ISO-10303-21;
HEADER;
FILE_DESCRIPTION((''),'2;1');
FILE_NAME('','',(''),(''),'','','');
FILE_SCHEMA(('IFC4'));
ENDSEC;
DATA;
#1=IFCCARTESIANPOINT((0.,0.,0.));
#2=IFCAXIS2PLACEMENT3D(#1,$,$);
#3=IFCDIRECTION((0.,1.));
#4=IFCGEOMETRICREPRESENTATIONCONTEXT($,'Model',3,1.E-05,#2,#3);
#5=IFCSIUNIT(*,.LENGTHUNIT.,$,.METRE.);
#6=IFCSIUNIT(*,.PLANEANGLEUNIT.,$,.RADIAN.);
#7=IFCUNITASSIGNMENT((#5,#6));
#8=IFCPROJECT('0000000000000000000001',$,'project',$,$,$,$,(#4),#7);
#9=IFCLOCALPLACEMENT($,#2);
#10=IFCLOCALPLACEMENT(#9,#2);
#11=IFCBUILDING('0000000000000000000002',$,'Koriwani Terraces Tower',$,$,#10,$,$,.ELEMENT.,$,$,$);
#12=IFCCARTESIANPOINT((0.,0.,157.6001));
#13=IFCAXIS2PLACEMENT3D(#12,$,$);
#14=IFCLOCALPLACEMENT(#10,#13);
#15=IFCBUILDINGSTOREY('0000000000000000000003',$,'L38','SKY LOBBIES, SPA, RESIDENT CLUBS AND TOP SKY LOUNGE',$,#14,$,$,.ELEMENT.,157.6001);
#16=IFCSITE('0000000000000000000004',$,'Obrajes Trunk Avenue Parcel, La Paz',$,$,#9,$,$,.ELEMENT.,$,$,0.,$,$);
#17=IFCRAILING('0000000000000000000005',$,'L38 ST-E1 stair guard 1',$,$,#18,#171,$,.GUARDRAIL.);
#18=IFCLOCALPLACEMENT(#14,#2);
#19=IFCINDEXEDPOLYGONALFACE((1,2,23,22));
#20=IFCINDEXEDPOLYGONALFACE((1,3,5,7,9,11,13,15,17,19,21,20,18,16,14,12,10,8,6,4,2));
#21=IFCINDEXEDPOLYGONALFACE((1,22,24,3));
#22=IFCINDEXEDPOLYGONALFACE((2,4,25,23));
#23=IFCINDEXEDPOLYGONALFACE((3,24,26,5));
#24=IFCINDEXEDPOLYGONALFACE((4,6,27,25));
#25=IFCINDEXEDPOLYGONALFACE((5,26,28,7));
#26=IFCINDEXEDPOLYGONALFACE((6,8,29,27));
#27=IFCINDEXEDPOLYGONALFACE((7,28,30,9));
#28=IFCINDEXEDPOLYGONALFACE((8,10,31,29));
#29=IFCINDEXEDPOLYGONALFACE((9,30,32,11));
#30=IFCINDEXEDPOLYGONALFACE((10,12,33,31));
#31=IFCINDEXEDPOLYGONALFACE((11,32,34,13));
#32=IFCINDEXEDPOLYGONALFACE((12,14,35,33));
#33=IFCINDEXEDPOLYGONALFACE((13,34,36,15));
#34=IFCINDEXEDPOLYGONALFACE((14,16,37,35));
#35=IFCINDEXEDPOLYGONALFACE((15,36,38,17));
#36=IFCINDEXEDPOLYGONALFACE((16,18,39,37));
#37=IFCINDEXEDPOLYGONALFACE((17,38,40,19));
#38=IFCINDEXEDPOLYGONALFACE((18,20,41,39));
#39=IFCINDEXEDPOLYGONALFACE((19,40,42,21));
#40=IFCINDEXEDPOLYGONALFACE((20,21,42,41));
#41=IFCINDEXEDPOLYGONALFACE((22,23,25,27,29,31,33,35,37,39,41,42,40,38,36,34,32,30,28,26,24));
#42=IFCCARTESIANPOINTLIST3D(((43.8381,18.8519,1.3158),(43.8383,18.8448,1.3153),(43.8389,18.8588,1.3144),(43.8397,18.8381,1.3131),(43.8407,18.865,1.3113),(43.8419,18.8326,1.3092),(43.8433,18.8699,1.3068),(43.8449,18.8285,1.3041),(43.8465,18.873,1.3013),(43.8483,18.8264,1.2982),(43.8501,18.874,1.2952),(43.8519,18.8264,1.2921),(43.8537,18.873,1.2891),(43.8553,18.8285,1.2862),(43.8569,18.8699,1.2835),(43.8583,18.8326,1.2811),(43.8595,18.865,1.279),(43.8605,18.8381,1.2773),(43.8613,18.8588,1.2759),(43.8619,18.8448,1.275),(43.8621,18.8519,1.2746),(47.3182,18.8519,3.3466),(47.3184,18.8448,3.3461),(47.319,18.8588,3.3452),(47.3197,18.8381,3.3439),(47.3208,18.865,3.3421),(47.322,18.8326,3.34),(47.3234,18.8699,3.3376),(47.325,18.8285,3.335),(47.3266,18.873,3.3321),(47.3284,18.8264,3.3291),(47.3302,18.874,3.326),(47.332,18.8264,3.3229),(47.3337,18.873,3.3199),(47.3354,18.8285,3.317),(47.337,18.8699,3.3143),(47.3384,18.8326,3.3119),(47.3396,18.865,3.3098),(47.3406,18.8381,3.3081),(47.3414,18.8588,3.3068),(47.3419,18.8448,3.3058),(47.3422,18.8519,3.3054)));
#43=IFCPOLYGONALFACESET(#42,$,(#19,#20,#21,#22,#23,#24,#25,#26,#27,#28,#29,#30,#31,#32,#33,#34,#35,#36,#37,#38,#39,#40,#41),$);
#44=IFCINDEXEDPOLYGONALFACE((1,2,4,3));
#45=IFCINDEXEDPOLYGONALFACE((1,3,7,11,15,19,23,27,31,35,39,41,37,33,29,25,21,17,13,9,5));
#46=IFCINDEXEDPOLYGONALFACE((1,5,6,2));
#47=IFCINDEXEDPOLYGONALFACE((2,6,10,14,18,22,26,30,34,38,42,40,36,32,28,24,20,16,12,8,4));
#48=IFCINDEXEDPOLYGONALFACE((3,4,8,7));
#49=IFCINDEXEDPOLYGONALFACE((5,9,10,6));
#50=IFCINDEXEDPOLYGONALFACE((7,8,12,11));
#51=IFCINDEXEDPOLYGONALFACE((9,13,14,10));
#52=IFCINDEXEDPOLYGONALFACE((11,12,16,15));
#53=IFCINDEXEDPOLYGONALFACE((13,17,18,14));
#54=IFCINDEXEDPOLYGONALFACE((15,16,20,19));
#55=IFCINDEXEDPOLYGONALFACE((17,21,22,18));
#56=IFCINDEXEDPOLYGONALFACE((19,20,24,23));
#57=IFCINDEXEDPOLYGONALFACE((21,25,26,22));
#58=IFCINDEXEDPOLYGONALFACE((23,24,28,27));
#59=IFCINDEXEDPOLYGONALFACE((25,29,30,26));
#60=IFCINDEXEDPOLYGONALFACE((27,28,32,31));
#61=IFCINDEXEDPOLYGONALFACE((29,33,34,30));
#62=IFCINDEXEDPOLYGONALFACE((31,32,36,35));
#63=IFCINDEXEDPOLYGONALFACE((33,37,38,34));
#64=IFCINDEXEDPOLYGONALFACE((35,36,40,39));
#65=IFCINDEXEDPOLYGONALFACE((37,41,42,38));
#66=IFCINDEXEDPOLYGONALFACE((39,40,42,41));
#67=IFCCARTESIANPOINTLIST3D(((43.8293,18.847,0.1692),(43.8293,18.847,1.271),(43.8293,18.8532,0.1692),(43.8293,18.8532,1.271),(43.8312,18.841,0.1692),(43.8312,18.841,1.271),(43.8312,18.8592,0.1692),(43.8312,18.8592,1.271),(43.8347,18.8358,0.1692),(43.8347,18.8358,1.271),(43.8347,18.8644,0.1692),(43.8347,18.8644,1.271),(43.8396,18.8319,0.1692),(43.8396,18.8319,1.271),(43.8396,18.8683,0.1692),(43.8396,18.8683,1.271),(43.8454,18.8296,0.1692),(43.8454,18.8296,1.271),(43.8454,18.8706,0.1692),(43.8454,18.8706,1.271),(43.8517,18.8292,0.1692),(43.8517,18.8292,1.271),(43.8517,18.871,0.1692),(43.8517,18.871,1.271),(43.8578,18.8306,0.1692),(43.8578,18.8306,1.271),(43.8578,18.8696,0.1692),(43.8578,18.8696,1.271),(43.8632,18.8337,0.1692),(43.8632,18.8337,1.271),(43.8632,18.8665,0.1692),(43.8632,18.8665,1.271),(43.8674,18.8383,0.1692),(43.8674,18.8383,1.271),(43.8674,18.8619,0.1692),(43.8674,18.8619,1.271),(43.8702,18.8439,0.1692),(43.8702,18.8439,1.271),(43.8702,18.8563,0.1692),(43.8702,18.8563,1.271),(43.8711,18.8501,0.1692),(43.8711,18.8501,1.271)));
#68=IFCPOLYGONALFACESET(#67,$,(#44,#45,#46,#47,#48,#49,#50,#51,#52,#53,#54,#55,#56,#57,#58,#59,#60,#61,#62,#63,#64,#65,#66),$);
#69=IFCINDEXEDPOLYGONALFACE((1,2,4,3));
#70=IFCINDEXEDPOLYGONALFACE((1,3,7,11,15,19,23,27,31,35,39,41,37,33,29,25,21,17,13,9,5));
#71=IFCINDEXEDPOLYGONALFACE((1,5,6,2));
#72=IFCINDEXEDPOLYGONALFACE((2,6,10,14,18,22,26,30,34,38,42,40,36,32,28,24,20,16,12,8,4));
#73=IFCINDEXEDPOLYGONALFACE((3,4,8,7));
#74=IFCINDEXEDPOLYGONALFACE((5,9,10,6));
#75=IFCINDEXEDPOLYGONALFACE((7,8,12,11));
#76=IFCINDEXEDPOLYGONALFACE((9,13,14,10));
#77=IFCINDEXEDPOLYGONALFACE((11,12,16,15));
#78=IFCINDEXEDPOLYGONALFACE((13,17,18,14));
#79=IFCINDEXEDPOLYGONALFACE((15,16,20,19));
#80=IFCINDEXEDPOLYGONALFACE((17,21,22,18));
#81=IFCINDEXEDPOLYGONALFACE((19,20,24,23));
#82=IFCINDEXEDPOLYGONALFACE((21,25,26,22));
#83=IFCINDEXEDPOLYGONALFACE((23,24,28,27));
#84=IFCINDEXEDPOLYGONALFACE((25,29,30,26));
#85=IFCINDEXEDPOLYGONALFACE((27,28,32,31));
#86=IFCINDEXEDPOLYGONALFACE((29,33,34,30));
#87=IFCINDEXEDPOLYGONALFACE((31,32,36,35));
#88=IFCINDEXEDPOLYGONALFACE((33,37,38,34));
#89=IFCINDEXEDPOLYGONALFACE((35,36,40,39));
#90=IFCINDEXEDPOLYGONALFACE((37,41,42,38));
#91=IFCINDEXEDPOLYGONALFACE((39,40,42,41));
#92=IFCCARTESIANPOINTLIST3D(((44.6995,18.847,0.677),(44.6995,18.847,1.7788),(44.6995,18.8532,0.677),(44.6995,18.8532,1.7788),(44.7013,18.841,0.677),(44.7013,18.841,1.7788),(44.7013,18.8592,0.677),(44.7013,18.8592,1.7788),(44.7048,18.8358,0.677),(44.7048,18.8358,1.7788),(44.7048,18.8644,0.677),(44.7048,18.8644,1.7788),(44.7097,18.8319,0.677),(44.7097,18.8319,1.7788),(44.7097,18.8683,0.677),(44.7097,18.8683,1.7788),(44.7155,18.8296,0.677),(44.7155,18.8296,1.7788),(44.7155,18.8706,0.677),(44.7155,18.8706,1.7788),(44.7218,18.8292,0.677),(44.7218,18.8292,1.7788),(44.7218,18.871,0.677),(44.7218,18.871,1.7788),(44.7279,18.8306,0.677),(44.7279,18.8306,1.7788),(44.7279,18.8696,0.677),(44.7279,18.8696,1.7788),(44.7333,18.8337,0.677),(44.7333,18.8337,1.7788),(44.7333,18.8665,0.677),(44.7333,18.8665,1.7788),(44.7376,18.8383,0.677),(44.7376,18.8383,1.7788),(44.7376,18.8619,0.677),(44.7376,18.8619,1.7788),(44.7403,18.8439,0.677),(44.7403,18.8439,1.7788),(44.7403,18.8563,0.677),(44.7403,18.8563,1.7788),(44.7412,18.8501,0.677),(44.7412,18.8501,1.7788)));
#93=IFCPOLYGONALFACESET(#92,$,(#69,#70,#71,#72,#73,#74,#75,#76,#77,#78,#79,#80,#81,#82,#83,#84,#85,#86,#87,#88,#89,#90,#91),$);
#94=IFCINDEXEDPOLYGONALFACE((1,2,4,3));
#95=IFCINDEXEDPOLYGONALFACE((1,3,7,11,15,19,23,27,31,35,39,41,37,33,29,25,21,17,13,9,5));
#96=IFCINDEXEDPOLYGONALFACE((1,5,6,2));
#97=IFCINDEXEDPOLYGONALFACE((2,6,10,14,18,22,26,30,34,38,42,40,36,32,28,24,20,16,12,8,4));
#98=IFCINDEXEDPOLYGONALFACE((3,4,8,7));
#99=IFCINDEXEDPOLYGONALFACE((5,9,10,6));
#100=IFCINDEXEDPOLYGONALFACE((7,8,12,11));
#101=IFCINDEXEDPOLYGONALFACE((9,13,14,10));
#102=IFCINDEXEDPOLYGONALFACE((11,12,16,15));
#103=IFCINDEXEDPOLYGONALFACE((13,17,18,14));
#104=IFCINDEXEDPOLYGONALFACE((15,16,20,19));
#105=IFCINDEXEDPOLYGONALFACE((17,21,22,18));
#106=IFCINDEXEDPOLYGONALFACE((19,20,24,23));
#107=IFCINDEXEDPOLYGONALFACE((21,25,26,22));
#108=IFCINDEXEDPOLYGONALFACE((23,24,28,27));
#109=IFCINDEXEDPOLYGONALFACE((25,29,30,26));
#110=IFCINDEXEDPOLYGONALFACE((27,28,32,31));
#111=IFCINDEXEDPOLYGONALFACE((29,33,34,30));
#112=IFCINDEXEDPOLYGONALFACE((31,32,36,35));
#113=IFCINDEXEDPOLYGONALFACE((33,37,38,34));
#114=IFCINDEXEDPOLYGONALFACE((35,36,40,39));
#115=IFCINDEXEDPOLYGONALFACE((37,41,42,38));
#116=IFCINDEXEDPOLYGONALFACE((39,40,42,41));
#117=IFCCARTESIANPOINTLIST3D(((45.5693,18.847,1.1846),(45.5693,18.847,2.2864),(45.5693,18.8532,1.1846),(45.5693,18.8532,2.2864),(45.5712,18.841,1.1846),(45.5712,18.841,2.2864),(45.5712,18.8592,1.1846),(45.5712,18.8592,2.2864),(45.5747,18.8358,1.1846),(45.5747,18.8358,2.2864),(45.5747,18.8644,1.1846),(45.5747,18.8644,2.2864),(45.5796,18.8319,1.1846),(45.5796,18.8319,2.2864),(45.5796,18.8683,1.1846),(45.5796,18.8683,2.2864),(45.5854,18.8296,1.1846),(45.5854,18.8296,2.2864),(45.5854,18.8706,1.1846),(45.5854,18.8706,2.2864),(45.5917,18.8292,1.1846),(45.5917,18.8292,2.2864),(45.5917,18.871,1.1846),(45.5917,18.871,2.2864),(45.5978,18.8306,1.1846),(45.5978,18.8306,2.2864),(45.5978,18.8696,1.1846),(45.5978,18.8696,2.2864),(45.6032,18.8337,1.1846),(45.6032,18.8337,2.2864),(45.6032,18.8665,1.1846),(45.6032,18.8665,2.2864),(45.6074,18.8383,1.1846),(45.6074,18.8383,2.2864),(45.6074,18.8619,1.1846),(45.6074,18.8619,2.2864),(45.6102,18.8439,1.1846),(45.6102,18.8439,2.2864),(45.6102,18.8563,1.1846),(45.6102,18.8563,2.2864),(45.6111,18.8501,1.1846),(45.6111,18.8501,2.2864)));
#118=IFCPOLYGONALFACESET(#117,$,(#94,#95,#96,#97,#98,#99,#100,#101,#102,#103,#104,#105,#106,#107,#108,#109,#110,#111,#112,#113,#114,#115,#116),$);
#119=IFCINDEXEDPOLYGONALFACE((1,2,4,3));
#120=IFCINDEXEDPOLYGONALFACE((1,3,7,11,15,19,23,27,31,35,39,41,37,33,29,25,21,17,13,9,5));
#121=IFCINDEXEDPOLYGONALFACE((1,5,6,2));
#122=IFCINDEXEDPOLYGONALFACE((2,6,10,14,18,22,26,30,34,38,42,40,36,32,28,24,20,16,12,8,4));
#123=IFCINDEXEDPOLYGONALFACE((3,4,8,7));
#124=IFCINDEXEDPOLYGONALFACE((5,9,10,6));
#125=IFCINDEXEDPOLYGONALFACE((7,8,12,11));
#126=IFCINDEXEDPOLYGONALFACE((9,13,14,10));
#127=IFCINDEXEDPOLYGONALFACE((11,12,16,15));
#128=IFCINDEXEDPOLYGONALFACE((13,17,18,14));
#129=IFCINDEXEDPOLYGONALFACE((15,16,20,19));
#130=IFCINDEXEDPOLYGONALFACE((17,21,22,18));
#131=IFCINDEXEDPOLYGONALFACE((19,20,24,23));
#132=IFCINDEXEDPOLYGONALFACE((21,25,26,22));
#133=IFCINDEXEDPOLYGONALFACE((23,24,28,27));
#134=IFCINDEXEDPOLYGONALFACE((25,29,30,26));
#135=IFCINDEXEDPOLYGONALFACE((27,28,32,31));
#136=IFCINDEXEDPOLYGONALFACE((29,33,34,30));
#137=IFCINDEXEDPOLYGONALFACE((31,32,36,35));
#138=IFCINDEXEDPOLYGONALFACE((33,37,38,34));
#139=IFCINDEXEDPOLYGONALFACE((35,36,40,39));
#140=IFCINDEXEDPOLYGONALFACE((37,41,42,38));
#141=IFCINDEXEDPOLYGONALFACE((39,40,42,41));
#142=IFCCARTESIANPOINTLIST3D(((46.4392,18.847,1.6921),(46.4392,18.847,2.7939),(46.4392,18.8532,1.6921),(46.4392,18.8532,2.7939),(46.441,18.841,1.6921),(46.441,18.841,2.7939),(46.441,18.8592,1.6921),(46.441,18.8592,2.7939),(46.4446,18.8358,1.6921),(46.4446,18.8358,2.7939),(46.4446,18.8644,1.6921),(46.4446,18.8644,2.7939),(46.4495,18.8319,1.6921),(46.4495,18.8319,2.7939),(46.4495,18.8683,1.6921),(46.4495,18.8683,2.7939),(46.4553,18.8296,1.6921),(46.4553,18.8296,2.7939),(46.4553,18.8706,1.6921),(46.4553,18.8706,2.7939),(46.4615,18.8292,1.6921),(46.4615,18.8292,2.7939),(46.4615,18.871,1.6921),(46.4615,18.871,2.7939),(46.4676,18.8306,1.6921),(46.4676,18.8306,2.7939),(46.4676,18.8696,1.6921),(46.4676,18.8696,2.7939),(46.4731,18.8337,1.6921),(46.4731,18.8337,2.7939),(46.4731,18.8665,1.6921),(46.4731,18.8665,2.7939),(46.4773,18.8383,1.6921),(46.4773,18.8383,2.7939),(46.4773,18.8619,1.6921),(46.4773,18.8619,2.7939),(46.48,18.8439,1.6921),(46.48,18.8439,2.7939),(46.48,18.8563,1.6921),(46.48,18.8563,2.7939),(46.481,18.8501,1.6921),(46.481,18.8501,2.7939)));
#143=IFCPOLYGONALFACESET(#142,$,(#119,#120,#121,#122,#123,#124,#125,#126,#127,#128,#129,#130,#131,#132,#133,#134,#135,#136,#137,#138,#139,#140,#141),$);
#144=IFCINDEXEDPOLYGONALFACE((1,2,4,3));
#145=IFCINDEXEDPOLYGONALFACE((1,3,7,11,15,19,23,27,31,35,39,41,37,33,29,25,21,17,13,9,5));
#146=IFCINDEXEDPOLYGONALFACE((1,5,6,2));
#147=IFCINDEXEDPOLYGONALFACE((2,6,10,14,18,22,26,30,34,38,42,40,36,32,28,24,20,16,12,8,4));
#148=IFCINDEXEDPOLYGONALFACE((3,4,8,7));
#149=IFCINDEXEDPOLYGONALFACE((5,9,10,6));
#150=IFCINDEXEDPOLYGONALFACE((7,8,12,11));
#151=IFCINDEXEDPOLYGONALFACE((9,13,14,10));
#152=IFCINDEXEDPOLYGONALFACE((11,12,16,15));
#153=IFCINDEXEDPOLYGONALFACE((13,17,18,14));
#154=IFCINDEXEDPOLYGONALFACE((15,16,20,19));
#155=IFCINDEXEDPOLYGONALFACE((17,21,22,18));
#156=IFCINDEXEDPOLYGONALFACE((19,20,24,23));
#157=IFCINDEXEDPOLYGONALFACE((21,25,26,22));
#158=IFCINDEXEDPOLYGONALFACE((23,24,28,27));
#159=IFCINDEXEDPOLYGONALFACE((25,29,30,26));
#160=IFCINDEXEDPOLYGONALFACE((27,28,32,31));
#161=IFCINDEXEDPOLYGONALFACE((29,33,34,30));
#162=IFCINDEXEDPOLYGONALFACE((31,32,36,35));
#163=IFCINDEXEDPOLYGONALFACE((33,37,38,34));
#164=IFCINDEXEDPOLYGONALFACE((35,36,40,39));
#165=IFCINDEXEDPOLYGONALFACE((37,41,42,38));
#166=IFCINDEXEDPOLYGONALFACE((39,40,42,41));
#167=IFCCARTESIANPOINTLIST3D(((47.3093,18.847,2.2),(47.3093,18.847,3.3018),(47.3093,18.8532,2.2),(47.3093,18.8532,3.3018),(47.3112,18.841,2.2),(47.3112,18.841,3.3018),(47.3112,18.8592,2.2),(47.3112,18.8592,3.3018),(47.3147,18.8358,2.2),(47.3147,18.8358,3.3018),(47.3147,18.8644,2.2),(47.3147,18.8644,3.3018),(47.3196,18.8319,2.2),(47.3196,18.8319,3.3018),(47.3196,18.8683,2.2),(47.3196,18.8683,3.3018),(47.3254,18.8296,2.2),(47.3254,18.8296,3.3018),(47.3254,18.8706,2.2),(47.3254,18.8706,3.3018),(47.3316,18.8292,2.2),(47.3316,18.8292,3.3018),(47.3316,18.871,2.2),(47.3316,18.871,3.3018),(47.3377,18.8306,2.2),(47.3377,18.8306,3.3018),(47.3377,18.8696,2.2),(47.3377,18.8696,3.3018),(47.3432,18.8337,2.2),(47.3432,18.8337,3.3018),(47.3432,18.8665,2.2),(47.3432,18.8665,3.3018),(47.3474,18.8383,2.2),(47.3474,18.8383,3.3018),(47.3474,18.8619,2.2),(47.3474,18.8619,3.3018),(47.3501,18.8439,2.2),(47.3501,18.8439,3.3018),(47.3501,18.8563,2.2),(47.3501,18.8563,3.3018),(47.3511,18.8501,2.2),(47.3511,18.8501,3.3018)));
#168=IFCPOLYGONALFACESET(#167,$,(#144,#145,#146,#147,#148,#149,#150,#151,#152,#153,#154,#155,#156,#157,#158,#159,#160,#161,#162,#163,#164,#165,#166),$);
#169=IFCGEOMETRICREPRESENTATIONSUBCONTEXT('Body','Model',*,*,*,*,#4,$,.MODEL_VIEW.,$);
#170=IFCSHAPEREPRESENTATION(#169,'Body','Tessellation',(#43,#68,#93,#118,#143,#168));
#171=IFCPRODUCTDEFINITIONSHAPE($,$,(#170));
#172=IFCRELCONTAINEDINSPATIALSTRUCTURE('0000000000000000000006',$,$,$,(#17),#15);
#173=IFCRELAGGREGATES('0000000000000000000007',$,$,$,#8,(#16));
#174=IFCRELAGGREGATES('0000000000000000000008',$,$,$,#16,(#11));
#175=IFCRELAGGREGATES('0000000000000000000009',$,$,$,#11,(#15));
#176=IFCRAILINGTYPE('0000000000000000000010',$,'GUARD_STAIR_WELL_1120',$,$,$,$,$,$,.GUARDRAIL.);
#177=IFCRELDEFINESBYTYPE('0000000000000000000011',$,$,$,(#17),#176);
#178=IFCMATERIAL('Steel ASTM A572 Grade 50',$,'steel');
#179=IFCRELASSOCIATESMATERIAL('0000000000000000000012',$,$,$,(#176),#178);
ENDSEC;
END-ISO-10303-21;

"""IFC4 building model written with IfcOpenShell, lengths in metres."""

from ifc_helpers import new_model, si_unit, direction, frame, origin, origin_2d, place, context, subcontext, project, spatial, circle, extrude, material, type_object, element, save


model = new_model("IFC4")

# Units and contexts
model_context = context("Model", 3, precision=1e-05, world=origin(), true_north=direction((0.0, 1.0)))
body_context = subcontext(model_context, "Body", "Model", "MODEL_VIEW")
ifc_project = project(units=[si_unit("LENGTHUNIT", "METRE"), si_unit("PLANEANGLEUNIT", "RADIAN")], contexts=[model_context])

# Site, building, storey
site_placement = place(None, origin())
site = spatial("IfcSite", under=ifc_project, at=site_placement, Name="Obrajes Trunk Avenue Parcel, La Paz", CompositionType="ELEMENT", RefElevation=0.0)
building_placement = place(site_placement, origin())
building = spatial("IfcBuilding", under=site, at=building_placement, Name="Koriwani Terraces Tower", CompositionType="ELEMENT")
storey_placement = place(building_placement, frame((0.0, 0.0, 157.6001)))
storey = spatial("IfcBuildingStorey", under=building, at=storey_placement, Name="L38", Description="SKY LOBBIES, SPA, RESIDENT CLUBS AND TOP SKY LOUNGE", CompositionType="ELEMENT", Elevation=157.6001)

# Shared definitions
ifc_material_1 = material(Name="Steel ASTM A572 Grade 50", Category="steel")

# Railing
railing_type_1 = type_object("IfcRailingType", Name="GUARD_STAIR_WELL_1120", PredefinedType="GUARDRAIL", material=ifc_material_1)
railing_1_placement = place(storey_placement, frame((43.8501, 18.8501, 0.1692)))
element("IfcRailing", 1, at=railing_1_placement, inside=storey, type_object=railing_type_1, Name="L38 ST-E1 stair guard 1", PredefinedType="GUARDRAIL", context=body_context, shape_type="SweptSolid", body=[
    extrude(circle(Radius=0.0239, at=origin_2d()), frame((0.0, 0.0, 1.126), z_axis=(0.863695, 0.0, 0.504014), x_axis=(0.0, 1.0, 0.0)), (0.0, 0.0, 1.0), 4.0293),
    extrude(circle(Radius=0.021, at=origin_2d()), origin(), (0.0, 0.0, 1.0), 1.1018),
    extrude(circle(Radius=0.021, at=origin_2d()), frame((0.8701, 0.0, 0.5078)), (0.0, 0.0, 1.0), 1.1018),
    extrude(circle(Radius=0.021, at=origin_2d()), frame((1.74, 0.0, 1.0154)), (0.0, 0.0, 1.0), 1.1018),
    extrude(circle(Radius=0.021, at=origin_2d()), frame((2.6099, 0.0, 1.5229)), (0.0, 0.0, 1.0), 1.1018),
    extrude(circle(Radius=0.021, at=origin_2d()), frame((3.48, 0.0, 2.0308)), (0.0, 0.0, 1.0), 1.1018),
])

save(model, "model.ifc")
